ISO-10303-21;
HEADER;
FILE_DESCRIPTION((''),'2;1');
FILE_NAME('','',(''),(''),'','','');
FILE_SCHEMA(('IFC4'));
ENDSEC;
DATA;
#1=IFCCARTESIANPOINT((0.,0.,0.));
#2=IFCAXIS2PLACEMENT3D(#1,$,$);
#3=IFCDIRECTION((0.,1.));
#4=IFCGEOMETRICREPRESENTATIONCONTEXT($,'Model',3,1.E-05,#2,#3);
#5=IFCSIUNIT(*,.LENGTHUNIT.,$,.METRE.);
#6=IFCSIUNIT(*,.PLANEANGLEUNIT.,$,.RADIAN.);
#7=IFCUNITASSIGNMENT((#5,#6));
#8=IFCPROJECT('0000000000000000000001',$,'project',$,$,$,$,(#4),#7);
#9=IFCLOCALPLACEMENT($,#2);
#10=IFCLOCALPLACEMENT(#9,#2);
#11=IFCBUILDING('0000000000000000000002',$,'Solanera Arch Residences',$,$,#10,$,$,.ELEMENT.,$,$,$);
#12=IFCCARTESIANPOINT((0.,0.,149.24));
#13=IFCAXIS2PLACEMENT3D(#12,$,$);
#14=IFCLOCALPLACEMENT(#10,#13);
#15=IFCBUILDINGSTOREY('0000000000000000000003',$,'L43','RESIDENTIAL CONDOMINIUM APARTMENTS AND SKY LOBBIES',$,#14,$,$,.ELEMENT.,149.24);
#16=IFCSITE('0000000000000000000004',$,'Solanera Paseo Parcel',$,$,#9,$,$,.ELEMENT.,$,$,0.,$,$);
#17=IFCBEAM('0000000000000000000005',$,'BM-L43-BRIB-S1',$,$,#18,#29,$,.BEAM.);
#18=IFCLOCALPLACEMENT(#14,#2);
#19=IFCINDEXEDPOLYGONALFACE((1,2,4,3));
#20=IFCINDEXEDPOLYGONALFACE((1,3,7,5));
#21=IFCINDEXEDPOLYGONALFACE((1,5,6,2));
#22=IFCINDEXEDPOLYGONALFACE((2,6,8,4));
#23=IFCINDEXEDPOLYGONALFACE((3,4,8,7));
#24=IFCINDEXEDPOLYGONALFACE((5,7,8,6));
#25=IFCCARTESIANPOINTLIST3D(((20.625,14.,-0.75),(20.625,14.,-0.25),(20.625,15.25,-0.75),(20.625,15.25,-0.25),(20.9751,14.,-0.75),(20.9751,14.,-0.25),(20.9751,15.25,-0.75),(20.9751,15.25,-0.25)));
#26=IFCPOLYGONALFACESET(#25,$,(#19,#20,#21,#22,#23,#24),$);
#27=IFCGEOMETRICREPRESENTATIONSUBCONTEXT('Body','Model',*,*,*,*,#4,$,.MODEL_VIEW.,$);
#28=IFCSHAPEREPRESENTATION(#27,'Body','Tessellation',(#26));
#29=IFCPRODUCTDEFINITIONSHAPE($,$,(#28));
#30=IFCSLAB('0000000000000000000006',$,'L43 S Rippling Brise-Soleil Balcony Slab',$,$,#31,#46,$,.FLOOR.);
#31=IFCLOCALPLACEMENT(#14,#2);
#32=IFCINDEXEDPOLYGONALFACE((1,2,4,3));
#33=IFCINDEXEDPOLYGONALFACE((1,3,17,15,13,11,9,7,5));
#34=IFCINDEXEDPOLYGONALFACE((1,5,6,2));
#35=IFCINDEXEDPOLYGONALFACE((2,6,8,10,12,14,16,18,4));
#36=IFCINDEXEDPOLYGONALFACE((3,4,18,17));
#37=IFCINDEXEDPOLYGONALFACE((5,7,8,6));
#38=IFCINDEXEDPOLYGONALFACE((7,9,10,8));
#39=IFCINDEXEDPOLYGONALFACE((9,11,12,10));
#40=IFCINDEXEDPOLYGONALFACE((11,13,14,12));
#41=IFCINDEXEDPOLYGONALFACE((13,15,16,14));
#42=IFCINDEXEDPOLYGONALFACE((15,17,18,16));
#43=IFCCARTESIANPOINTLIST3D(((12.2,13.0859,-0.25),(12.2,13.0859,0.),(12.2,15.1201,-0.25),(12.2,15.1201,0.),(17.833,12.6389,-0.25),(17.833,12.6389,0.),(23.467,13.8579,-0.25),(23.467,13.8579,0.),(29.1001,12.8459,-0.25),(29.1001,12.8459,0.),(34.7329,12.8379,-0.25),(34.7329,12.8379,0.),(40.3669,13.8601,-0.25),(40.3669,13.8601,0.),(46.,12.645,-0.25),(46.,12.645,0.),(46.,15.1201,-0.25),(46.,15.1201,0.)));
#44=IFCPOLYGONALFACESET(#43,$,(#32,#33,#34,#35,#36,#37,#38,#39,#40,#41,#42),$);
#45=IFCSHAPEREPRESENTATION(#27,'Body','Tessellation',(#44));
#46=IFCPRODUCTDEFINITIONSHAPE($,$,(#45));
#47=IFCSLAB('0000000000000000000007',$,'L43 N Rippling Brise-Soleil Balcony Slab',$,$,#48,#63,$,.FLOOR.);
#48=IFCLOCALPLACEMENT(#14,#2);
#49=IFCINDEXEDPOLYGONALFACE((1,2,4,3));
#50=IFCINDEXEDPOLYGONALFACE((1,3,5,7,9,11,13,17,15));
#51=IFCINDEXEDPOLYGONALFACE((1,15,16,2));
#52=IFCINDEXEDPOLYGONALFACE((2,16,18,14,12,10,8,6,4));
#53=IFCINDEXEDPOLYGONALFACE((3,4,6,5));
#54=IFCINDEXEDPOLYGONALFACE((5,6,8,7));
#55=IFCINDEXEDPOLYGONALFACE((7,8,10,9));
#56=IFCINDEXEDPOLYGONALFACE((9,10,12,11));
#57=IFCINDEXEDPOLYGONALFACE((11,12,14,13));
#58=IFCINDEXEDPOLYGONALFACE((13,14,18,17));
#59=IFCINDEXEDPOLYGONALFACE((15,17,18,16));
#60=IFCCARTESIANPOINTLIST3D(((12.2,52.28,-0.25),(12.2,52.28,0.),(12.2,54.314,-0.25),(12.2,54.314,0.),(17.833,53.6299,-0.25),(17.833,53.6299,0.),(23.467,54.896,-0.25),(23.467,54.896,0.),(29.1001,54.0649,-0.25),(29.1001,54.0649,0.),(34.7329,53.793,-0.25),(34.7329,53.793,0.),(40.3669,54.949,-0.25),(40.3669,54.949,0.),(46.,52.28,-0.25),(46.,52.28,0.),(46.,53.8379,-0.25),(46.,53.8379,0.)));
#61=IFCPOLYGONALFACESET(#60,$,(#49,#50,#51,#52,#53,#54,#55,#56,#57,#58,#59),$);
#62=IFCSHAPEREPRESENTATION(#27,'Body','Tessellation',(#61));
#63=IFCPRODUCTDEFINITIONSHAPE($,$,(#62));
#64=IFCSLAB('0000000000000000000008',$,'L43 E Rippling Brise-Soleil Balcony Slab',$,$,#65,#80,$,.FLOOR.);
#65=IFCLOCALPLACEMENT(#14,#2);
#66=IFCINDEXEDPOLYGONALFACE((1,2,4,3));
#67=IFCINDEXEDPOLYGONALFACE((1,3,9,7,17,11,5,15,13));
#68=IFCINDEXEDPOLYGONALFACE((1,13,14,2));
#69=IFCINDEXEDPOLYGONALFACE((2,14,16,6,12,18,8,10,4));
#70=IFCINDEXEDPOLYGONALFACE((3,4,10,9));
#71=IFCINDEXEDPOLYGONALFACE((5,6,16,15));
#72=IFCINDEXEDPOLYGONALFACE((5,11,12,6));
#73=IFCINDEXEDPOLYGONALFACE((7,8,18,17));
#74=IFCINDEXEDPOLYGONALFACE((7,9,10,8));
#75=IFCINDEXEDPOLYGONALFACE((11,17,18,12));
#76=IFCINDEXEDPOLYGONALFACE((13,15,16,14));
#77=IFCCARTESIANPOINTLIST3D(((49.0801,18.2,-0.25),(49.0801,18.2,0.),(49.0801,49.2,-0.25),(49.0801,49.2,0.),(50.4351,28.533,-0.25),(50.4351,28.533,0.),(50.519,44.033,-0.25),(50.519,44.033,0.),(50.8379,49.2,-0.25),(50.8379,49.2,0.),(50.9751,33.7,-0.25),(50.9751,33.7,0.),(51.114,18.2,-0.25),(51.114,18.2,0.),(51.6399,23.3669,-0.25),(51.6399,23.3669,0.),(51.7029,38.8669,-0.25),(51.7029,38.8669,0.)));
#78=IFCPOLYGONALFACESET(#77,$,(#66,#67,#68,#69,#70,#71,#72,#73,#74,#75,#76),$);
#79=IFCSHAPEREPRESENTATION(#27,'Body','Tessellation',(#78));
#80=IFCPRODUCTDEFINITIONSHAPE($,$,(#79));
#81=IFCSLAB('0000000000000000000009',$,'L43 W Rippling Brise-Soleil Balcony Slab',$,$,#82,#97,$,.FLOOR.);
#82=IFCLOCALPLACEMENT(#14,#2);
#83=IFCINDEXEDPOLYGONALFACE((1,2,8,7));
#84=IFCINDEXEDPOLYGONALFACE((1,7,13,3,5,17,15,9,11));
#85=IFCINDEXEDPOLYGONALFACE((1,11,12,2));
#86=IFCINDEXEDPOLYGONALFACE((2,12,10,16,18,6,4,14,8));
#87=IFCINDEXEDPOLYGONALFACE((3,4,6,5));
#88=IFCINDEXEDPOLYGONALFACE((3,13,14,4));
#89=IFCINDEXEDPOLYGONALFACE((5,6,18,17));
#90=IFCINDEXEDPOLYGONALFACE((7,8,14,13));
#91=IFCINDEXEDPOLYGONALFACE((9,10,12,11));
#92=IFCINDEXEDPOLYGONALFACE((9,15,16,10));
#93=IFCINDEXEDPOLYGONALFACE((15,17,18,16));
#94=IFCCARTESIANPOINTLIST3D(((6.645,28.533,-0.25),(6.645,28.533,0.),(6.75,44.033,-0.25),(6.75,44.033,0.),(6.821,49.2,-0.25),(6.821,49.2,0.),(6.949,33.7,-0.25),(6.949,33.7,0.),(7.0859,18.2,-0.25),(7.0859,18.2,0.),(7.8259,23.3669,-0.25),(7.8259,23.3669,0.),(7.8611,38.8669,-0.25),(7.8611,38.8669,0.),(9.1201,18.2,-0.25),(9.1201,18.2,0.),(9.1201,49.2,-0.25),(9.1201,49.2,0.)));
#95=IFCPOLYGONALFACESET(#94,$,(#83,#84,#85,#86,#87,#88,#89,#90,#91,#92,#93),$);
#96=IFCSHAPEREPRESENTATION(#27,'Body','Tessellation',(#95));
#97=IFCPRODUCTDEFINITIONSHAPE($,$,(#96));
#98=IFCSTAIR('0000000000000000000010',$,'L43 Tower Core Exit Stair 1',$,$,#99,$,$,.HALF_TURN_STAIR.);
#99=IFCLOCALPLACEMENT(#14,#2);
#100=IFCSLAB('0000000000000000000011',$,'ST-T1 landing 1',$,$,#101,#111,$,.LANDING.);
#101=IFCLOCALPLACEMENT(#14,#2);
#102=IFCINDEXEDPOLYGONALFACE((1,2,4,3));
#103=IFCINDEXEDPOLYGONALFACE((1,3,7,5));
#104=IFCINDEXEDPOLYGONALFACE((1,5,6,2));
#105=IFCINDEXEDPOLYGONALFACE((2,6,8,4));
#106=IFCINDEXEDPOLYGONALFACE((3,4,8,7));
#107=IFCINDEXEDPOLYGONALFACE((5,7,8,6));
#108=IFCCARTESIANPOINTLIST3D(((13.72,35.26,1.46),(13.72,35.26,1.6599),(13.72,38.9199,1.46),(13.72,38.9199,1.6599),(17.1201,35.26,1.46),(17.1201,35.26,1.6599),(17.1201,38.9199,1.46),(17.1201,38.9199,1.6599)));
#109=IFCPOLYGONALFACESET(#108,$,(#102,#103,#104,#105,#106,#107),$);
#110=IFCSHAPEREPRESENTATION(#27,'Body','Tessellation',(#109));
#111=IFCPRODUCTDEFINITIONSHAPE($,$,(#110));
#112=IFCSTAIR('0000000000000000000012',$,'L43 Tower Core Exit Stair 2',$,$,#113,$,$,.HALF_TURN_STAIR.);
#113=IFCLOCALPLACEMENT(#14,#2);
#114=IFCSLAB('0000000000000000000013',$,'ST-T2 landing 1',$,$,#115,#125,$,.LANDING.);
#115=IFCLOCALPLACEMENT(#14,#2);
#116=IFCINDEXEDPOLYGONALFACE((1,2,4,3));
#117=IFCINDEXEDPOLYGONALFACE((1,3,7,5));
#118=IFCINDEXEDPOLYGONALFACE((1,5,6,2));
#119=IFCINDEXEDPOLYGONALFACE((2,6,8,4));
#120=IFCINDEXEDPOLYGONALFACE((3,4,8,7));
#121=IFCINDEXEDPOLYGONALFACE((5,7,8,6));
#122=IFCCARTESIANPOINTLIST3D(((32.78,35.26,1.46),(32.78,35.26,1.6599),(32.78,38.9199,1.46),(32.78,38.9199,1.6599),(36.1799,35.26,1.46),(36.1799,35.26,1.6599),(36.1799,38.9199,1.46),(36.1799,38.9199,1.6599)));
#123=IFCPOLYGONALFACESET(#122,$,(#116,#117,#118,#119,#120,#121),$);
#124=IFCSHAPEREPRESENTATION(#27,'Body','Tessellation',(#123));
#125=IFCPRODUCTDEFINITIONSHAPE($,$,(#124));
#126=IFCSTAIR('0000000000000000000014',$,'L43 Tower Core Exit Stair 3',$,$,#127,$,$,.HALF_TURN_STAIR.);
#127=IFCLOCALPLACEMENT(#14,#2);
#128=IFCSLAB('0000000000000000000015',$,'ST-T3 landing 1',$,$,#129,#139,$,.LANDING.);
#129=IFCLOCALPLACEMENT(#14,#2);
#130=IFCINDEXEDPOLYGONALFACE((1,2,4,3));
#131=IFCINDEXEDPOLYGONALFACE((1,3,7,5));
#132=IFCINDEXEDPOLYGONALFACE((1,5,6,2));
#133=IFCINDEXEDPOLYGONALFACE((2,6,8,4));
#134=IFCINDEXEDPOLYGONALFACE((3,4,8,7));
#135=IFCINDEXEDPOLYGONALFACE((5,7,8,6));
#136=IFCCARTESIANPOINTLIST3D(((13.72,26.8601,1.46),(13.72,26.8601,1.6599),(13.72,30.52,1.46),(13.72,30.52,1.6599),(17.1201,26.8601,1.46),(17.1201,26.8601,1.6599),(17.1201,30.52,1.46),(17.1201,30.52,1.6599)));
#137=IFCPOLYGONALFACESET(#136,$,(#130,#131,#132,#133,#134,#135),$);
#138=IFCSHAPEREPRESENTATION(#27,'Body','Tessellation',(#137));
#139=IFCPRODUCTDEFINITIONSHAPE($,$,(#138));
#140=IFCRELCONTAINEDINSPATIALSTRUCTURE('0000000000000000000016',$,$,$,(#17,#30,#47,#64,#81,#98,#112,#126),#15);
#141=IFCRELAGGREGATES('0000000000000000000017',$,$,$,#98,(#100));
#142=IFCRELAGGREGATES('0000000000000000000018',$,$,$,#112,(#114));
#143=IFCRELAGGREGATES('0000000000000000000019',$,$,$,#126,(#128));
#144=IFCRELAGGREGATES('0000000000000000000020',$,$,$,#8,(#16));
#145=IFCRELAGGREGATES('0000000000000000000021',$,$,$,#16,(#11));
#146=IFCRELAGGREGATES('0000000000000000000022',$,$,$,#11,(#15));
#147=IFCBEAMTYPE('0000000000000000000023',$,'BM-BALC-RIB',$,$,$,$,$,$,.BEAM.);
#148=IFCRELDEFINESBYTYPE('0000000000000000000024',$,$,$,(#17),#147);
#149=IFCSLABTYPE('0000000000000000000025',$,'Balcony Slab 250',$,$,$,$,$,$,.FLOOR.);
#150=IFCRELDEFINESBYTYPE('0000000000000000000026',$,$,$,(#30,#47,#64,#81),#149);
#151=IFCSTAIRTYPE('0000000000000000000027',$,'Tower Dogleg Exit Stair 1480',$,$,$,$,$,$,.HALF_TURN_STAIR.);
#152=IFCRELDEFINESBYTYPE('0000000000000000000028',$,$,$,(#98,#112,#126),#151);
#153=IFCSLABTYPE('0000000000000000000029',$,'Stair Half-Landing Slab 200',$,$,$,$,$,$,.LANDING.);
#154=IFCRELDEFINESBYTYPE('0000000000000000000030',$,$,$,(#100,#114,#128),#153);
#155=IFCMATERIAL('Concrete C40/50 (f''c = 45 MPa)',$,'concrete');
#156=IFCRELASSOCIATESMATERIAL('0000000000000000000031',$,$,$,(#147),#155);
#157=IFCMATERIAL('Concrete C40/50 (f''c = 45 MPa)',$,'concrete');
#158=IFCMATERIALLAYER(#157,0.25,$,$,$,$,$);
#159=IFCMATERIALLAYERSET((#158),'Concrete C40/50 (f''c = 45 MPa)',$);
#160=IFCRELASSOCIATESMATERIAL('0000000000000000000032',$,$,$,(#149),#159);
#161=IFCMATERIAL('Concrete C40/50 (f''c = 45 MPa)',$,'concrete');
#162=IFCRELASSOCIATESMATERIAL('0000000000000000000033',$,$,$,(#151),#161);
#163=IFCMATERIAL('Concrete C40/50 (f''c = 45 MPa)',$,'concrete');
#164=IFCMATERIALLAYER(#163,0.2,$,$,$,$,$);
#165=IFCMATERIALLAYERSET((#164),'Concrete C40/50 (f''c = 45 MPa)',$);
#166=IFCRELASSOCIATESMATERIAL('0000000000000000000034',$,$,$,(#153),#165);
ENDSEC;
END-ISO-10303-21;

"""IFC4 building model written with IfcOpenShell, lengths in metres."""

from ifc_helpers import new_model, si_unit, direction, frame, origin, origin_2d, place, context, subcontext, project, spatial, polyline, rectangle, outline, extrude, material, layer, layer_set, material_profile, profile_set, type_object, element, aggregate, save


model = new_model("IFC4")

# Units and contexts
model_context = context("Model", 3, precision=1e-05, world=origin(), true_north=direction((0.0, 1.0)))
body_context = subcontext(model_context, "Body", "Model", "MODEL_VIEW")
ifc_project = project(units=[si_unit("LENGTHUNIT", "METRE"), si_unit("PLANEANGLEUNIT", "RADIAN")], contexts=[model_context])

# Site, building, storey
site_placement = place(None, origin())
site = spatial("IfcSite", under=ifc_project, at=site_placement, Name="Solanera Paseo Parcel", CompositionType="ELEMENT", RefElevation=0.0)
building_placement = place(site_placement, origin())
building = spatial("IfcBuilding", under=site, at=building_placement, Name="Solanera Arch Residences", CompositionType="ELEMENT")
storey_placement = place(building_placement, frame((0.0, 0.0, 149.24)))
storey = spatial("IfcBuildingStorey", under=building, at=storey_placement, Name="L43", Description="RESIDENTIAL CONDOMINIUM APARTMENTS AND SKY LOBBIES", CompositionType="ELEMENT", Elevation=149.24)

# Beam
ifc_material_1 = material(Name="Concrete C40/50 (f'c = 45 MPa)", Category="concrete")
ifc_material_profile = material_profile(ifc_material_1, rectangle(XDim=0.3501, YDim=0.5, at=origin_2d()))
ifc_profile_set = profile_set([ifc_material_profile], Name="Concrete C40/50 (f'c = 45 MPa)")
beam_type = type_object("IfcBeamType", Name="BM-BALC-RIB", PredefinedType="BEAM", material=ifc_profile_set)
beam_placement = place(storey_placement, frame((20.8, 14.0, -0.5), z_axis=(0.0, 1.0, 0.0), x_axis=(-1.0, 0.0, 0.0)))
element("IfcBeam", 1, at=beam_placement, inside=storey, type_object=beam_type, Name="BM-L43-BRIB-S1", PredefinedType="BEAM", context=body_context, shape_type="SweptSolid", body=[
    extrude(rectangle(XDim=0.3501, YDim=0.5, at=origin_2d()), origin(), (0.0, 0.0, 1.0), 1.25),
])

# Slabs
ifc_material_2 = material(Name="Concrete C40/50 (f'c = 45 MPa)", Category="concrete")
ifc_layer_1 = layer(ifc_material_2, 0.25)
ifc_layer_set_1 = layer_set([ifc_layer_1], Name="Concrete C40/50 (f'c = 45 MPa)")
slab_type_1 = type_object("IfcSlabType", Name="Balcony Slab 250", PredefinedType="FLOOR", material=ifc_layer_set_1)
slab_1_placement = place(storey_placement, frame((0.0, 0.0, -0.25)))
element("IfcSlab", 2, at=slab_1_placement, inside=storey, type_object=slab_type_1, Name="L43 S Rippling Brise-Soleil Balcony Slab", PredefinedType="FLOOR", context=body_context, shape_type="SweptSolid", body=[
    extrude(outline(polyline([(12.2, 13.0859), (17.833, 12.6389), (23.467, 13.8579), (29.1001, 12.8459), (34.7329, 12.8379), (40.3669, 13.8601), (46.0, 12.645), (46.0, 15.1201), (12.2, 15.1201), (12.2, 13.0859)])), origin(), (0.0, 0.0, 1.0), 0.25),
])
slab_2_placement = place(storey_placement, frame((0.0, 0.0, -0.25)))
element("IfcSlab", 3, at=slab_2_placement, inside=storey, type_object=slab_type_1, Name="L43 N Rippling Brise-Soleil Balcony Slab", PredefinedType="FLOOR", context=body_context, shape_type="SweptSolid", body=[
    extrude(outline(polyline([(46.0, 53.8379), (40.3669, 54.949), (34.7329, 53.793), (29.1001, 54.0649), (23.467, 54.896), (17.833, 53.6299), (12.2, 54.314), (12.2, 52.28), (46.0, 52.28), (46.0, 53.8379)])), origin(), (0.0, 0.0, 1.0), 0.25),
])
slab_3_placement = place(storey_placement, frame((0.0, 0.0, -0.25)))
element("IfcSlab", 4, at=slab_3_placement, inside=storey, type_object=slab_type_1, Name="L43 E Rippling Brise-Soleil Balcony Slab", PredefinedType="FLOOR", context=body_context, shape_type="SweptSolid", body=[
    extrude(outline(polyline([(51.114, 18.2), (51.6399, 23.3669), (50.4351, 28.533), (50.9751, 33.7), (51.7029, 38.8669), (50.519, 44.033), (50.8379, 49.2), (49.0801, 49.2), (49.0801, 18.2), (51.114, 18.2)])), origin(), (0.0, 0.0, 1.0), 0.25),
])
slab_4_placement = place(storey_placement, frame((0.0, 0.0, -0.25)))
element("IfcSlab", 5, at=slab_4_placement, inside=storey, type_object=slab_type_1, Name="L43 W Rippling Brise-Soleil Balcony Slab", PredefinedType="FLOOR", context=body_context, shape_type="SweptSolid", body=[
    extrude(outline(polyline([(6.821, 49.2), (6.75, 44.033), (7.8611, 38.8669), (6.949, 33.7), (6.645, 28.533), (7.8259, 23.3669), (7.0859, 18.2), (9.1201, 18.2), (9.1201, 49.2), (6.821, 49.2)])), origin(), (0.0, 0.0, 1.0), 0.25),
])

# Stairs, slabs
ifc_material_3 = material(Name="Concrete C40/50 (f'c = 45 MPa)", Category="concrete")
stair_type = type_object("IfcStairType", Name="Tower Dogleg Exit Stair 1480", PredefinedType="HALF_TURN_STAIR", material=ifc_material_3)
stair_1_placement = place(storey_placement, origin())
stair_1 = element("IfcStair", 6, at=stair_1_placement, inside=storey, type_object=stair_type, Name="L43 Tower Core Exit Stair 1", PredefinedType="HALF_TURN_STAIR")
ifc_material_4 = material(Name="Concrete C40/50 (f'c = 45 MPa)", Category="concrete")
ifc_layer_2 = layer(ifc_material_4, 0.2)
ifc_layer_set_2 = layer_set([ifc_layer_2], Name="Concrete C40/50 (f'c = 45 MPa)")
slab_type_2 = type_object("IfcSlabType", Name="Stair Half-Landing Slab 200", PredefinedType="LANDING", material=ifc_layer_set_2)
slab_5_placement = place(storey_placement, frame((0.0, 0.0, 1.46)))
slab_5 = element("IfcSlab", 7, at=slab_5_placement, type_object=slab_type_2, Name="ST-T1 landing 1", PredefinedType="LANDING", context=body_context, shape_type="SweptSolid", body=[
    extrude(outline(polyline([(17.1201, 35.26), (17.1201, 38.9199), (13.72, 38.9199), (13.72, 35.26), (17.1201, 35.26)])), origin(), (0.0, 0.0, 1.0), 0.2),
])
aggregate(stair_1, [slab_5])
stair_2_placement = place(storey_placement, origin())
stair_2 = element("IfcStair", 8, at=stair_2_placement, inside=storey, type_object=stair_type, Name="L43 Tower Core Exit Stair 2", PredefinedType="HALF_TURN_STAIR")
slab_6_placement = place(storey_placement, frame((0.0, 0.0, 1.46)))
slab_6 = element("IfcSlab", 9, at=slab_6_placement, type_object=slab_type_2, Name="ST-T2 landing 1", PredefinedType="LANDING", context=body_context, shape_type="SweptSolid", body=[
    extrude(outline(polyline([(36.1799, 35.26), (36.1799, 38.9199), (32.78, 38.9199), (32.78, 35.26), (36.1799, 35.26)])), origin(), (0.0, 0.0, 1.0), 0.2),
])
aggregate(stair_2, [slab_6])
stair_3_placement = place(storey_placement, origin())
stair_3 = element("IfcStair", 10, at=stair_3_placement, inside=storey, type_object=stair_type, Name="L43 Tower Core Exit Stair 3", PredefinedType="HALF_TURN_STAIR")
slab_7_placement = place(storey_placement, frame((0.0, 0.0, 1.46)))
slab_7 = element("IfcSlab", 11, at=slab_7_placement, type_object=slab_type_2, Name="ST-T3 landing 1", PredefinedType="LANDING", context=body_context, shape_type="SweptSolid", body=[
    extrude(outline(polyline([(17.1201, 26.8601), (17.1201, 30.52), (13.72, 30.52), (13.72, 26.8601), (17.1201, 26.8601)])), origin(), (0.0, 0.0, 1.0), 0.2),
])
aggregate(stair_3, [slab_7])

save(model, "model.ifc")
